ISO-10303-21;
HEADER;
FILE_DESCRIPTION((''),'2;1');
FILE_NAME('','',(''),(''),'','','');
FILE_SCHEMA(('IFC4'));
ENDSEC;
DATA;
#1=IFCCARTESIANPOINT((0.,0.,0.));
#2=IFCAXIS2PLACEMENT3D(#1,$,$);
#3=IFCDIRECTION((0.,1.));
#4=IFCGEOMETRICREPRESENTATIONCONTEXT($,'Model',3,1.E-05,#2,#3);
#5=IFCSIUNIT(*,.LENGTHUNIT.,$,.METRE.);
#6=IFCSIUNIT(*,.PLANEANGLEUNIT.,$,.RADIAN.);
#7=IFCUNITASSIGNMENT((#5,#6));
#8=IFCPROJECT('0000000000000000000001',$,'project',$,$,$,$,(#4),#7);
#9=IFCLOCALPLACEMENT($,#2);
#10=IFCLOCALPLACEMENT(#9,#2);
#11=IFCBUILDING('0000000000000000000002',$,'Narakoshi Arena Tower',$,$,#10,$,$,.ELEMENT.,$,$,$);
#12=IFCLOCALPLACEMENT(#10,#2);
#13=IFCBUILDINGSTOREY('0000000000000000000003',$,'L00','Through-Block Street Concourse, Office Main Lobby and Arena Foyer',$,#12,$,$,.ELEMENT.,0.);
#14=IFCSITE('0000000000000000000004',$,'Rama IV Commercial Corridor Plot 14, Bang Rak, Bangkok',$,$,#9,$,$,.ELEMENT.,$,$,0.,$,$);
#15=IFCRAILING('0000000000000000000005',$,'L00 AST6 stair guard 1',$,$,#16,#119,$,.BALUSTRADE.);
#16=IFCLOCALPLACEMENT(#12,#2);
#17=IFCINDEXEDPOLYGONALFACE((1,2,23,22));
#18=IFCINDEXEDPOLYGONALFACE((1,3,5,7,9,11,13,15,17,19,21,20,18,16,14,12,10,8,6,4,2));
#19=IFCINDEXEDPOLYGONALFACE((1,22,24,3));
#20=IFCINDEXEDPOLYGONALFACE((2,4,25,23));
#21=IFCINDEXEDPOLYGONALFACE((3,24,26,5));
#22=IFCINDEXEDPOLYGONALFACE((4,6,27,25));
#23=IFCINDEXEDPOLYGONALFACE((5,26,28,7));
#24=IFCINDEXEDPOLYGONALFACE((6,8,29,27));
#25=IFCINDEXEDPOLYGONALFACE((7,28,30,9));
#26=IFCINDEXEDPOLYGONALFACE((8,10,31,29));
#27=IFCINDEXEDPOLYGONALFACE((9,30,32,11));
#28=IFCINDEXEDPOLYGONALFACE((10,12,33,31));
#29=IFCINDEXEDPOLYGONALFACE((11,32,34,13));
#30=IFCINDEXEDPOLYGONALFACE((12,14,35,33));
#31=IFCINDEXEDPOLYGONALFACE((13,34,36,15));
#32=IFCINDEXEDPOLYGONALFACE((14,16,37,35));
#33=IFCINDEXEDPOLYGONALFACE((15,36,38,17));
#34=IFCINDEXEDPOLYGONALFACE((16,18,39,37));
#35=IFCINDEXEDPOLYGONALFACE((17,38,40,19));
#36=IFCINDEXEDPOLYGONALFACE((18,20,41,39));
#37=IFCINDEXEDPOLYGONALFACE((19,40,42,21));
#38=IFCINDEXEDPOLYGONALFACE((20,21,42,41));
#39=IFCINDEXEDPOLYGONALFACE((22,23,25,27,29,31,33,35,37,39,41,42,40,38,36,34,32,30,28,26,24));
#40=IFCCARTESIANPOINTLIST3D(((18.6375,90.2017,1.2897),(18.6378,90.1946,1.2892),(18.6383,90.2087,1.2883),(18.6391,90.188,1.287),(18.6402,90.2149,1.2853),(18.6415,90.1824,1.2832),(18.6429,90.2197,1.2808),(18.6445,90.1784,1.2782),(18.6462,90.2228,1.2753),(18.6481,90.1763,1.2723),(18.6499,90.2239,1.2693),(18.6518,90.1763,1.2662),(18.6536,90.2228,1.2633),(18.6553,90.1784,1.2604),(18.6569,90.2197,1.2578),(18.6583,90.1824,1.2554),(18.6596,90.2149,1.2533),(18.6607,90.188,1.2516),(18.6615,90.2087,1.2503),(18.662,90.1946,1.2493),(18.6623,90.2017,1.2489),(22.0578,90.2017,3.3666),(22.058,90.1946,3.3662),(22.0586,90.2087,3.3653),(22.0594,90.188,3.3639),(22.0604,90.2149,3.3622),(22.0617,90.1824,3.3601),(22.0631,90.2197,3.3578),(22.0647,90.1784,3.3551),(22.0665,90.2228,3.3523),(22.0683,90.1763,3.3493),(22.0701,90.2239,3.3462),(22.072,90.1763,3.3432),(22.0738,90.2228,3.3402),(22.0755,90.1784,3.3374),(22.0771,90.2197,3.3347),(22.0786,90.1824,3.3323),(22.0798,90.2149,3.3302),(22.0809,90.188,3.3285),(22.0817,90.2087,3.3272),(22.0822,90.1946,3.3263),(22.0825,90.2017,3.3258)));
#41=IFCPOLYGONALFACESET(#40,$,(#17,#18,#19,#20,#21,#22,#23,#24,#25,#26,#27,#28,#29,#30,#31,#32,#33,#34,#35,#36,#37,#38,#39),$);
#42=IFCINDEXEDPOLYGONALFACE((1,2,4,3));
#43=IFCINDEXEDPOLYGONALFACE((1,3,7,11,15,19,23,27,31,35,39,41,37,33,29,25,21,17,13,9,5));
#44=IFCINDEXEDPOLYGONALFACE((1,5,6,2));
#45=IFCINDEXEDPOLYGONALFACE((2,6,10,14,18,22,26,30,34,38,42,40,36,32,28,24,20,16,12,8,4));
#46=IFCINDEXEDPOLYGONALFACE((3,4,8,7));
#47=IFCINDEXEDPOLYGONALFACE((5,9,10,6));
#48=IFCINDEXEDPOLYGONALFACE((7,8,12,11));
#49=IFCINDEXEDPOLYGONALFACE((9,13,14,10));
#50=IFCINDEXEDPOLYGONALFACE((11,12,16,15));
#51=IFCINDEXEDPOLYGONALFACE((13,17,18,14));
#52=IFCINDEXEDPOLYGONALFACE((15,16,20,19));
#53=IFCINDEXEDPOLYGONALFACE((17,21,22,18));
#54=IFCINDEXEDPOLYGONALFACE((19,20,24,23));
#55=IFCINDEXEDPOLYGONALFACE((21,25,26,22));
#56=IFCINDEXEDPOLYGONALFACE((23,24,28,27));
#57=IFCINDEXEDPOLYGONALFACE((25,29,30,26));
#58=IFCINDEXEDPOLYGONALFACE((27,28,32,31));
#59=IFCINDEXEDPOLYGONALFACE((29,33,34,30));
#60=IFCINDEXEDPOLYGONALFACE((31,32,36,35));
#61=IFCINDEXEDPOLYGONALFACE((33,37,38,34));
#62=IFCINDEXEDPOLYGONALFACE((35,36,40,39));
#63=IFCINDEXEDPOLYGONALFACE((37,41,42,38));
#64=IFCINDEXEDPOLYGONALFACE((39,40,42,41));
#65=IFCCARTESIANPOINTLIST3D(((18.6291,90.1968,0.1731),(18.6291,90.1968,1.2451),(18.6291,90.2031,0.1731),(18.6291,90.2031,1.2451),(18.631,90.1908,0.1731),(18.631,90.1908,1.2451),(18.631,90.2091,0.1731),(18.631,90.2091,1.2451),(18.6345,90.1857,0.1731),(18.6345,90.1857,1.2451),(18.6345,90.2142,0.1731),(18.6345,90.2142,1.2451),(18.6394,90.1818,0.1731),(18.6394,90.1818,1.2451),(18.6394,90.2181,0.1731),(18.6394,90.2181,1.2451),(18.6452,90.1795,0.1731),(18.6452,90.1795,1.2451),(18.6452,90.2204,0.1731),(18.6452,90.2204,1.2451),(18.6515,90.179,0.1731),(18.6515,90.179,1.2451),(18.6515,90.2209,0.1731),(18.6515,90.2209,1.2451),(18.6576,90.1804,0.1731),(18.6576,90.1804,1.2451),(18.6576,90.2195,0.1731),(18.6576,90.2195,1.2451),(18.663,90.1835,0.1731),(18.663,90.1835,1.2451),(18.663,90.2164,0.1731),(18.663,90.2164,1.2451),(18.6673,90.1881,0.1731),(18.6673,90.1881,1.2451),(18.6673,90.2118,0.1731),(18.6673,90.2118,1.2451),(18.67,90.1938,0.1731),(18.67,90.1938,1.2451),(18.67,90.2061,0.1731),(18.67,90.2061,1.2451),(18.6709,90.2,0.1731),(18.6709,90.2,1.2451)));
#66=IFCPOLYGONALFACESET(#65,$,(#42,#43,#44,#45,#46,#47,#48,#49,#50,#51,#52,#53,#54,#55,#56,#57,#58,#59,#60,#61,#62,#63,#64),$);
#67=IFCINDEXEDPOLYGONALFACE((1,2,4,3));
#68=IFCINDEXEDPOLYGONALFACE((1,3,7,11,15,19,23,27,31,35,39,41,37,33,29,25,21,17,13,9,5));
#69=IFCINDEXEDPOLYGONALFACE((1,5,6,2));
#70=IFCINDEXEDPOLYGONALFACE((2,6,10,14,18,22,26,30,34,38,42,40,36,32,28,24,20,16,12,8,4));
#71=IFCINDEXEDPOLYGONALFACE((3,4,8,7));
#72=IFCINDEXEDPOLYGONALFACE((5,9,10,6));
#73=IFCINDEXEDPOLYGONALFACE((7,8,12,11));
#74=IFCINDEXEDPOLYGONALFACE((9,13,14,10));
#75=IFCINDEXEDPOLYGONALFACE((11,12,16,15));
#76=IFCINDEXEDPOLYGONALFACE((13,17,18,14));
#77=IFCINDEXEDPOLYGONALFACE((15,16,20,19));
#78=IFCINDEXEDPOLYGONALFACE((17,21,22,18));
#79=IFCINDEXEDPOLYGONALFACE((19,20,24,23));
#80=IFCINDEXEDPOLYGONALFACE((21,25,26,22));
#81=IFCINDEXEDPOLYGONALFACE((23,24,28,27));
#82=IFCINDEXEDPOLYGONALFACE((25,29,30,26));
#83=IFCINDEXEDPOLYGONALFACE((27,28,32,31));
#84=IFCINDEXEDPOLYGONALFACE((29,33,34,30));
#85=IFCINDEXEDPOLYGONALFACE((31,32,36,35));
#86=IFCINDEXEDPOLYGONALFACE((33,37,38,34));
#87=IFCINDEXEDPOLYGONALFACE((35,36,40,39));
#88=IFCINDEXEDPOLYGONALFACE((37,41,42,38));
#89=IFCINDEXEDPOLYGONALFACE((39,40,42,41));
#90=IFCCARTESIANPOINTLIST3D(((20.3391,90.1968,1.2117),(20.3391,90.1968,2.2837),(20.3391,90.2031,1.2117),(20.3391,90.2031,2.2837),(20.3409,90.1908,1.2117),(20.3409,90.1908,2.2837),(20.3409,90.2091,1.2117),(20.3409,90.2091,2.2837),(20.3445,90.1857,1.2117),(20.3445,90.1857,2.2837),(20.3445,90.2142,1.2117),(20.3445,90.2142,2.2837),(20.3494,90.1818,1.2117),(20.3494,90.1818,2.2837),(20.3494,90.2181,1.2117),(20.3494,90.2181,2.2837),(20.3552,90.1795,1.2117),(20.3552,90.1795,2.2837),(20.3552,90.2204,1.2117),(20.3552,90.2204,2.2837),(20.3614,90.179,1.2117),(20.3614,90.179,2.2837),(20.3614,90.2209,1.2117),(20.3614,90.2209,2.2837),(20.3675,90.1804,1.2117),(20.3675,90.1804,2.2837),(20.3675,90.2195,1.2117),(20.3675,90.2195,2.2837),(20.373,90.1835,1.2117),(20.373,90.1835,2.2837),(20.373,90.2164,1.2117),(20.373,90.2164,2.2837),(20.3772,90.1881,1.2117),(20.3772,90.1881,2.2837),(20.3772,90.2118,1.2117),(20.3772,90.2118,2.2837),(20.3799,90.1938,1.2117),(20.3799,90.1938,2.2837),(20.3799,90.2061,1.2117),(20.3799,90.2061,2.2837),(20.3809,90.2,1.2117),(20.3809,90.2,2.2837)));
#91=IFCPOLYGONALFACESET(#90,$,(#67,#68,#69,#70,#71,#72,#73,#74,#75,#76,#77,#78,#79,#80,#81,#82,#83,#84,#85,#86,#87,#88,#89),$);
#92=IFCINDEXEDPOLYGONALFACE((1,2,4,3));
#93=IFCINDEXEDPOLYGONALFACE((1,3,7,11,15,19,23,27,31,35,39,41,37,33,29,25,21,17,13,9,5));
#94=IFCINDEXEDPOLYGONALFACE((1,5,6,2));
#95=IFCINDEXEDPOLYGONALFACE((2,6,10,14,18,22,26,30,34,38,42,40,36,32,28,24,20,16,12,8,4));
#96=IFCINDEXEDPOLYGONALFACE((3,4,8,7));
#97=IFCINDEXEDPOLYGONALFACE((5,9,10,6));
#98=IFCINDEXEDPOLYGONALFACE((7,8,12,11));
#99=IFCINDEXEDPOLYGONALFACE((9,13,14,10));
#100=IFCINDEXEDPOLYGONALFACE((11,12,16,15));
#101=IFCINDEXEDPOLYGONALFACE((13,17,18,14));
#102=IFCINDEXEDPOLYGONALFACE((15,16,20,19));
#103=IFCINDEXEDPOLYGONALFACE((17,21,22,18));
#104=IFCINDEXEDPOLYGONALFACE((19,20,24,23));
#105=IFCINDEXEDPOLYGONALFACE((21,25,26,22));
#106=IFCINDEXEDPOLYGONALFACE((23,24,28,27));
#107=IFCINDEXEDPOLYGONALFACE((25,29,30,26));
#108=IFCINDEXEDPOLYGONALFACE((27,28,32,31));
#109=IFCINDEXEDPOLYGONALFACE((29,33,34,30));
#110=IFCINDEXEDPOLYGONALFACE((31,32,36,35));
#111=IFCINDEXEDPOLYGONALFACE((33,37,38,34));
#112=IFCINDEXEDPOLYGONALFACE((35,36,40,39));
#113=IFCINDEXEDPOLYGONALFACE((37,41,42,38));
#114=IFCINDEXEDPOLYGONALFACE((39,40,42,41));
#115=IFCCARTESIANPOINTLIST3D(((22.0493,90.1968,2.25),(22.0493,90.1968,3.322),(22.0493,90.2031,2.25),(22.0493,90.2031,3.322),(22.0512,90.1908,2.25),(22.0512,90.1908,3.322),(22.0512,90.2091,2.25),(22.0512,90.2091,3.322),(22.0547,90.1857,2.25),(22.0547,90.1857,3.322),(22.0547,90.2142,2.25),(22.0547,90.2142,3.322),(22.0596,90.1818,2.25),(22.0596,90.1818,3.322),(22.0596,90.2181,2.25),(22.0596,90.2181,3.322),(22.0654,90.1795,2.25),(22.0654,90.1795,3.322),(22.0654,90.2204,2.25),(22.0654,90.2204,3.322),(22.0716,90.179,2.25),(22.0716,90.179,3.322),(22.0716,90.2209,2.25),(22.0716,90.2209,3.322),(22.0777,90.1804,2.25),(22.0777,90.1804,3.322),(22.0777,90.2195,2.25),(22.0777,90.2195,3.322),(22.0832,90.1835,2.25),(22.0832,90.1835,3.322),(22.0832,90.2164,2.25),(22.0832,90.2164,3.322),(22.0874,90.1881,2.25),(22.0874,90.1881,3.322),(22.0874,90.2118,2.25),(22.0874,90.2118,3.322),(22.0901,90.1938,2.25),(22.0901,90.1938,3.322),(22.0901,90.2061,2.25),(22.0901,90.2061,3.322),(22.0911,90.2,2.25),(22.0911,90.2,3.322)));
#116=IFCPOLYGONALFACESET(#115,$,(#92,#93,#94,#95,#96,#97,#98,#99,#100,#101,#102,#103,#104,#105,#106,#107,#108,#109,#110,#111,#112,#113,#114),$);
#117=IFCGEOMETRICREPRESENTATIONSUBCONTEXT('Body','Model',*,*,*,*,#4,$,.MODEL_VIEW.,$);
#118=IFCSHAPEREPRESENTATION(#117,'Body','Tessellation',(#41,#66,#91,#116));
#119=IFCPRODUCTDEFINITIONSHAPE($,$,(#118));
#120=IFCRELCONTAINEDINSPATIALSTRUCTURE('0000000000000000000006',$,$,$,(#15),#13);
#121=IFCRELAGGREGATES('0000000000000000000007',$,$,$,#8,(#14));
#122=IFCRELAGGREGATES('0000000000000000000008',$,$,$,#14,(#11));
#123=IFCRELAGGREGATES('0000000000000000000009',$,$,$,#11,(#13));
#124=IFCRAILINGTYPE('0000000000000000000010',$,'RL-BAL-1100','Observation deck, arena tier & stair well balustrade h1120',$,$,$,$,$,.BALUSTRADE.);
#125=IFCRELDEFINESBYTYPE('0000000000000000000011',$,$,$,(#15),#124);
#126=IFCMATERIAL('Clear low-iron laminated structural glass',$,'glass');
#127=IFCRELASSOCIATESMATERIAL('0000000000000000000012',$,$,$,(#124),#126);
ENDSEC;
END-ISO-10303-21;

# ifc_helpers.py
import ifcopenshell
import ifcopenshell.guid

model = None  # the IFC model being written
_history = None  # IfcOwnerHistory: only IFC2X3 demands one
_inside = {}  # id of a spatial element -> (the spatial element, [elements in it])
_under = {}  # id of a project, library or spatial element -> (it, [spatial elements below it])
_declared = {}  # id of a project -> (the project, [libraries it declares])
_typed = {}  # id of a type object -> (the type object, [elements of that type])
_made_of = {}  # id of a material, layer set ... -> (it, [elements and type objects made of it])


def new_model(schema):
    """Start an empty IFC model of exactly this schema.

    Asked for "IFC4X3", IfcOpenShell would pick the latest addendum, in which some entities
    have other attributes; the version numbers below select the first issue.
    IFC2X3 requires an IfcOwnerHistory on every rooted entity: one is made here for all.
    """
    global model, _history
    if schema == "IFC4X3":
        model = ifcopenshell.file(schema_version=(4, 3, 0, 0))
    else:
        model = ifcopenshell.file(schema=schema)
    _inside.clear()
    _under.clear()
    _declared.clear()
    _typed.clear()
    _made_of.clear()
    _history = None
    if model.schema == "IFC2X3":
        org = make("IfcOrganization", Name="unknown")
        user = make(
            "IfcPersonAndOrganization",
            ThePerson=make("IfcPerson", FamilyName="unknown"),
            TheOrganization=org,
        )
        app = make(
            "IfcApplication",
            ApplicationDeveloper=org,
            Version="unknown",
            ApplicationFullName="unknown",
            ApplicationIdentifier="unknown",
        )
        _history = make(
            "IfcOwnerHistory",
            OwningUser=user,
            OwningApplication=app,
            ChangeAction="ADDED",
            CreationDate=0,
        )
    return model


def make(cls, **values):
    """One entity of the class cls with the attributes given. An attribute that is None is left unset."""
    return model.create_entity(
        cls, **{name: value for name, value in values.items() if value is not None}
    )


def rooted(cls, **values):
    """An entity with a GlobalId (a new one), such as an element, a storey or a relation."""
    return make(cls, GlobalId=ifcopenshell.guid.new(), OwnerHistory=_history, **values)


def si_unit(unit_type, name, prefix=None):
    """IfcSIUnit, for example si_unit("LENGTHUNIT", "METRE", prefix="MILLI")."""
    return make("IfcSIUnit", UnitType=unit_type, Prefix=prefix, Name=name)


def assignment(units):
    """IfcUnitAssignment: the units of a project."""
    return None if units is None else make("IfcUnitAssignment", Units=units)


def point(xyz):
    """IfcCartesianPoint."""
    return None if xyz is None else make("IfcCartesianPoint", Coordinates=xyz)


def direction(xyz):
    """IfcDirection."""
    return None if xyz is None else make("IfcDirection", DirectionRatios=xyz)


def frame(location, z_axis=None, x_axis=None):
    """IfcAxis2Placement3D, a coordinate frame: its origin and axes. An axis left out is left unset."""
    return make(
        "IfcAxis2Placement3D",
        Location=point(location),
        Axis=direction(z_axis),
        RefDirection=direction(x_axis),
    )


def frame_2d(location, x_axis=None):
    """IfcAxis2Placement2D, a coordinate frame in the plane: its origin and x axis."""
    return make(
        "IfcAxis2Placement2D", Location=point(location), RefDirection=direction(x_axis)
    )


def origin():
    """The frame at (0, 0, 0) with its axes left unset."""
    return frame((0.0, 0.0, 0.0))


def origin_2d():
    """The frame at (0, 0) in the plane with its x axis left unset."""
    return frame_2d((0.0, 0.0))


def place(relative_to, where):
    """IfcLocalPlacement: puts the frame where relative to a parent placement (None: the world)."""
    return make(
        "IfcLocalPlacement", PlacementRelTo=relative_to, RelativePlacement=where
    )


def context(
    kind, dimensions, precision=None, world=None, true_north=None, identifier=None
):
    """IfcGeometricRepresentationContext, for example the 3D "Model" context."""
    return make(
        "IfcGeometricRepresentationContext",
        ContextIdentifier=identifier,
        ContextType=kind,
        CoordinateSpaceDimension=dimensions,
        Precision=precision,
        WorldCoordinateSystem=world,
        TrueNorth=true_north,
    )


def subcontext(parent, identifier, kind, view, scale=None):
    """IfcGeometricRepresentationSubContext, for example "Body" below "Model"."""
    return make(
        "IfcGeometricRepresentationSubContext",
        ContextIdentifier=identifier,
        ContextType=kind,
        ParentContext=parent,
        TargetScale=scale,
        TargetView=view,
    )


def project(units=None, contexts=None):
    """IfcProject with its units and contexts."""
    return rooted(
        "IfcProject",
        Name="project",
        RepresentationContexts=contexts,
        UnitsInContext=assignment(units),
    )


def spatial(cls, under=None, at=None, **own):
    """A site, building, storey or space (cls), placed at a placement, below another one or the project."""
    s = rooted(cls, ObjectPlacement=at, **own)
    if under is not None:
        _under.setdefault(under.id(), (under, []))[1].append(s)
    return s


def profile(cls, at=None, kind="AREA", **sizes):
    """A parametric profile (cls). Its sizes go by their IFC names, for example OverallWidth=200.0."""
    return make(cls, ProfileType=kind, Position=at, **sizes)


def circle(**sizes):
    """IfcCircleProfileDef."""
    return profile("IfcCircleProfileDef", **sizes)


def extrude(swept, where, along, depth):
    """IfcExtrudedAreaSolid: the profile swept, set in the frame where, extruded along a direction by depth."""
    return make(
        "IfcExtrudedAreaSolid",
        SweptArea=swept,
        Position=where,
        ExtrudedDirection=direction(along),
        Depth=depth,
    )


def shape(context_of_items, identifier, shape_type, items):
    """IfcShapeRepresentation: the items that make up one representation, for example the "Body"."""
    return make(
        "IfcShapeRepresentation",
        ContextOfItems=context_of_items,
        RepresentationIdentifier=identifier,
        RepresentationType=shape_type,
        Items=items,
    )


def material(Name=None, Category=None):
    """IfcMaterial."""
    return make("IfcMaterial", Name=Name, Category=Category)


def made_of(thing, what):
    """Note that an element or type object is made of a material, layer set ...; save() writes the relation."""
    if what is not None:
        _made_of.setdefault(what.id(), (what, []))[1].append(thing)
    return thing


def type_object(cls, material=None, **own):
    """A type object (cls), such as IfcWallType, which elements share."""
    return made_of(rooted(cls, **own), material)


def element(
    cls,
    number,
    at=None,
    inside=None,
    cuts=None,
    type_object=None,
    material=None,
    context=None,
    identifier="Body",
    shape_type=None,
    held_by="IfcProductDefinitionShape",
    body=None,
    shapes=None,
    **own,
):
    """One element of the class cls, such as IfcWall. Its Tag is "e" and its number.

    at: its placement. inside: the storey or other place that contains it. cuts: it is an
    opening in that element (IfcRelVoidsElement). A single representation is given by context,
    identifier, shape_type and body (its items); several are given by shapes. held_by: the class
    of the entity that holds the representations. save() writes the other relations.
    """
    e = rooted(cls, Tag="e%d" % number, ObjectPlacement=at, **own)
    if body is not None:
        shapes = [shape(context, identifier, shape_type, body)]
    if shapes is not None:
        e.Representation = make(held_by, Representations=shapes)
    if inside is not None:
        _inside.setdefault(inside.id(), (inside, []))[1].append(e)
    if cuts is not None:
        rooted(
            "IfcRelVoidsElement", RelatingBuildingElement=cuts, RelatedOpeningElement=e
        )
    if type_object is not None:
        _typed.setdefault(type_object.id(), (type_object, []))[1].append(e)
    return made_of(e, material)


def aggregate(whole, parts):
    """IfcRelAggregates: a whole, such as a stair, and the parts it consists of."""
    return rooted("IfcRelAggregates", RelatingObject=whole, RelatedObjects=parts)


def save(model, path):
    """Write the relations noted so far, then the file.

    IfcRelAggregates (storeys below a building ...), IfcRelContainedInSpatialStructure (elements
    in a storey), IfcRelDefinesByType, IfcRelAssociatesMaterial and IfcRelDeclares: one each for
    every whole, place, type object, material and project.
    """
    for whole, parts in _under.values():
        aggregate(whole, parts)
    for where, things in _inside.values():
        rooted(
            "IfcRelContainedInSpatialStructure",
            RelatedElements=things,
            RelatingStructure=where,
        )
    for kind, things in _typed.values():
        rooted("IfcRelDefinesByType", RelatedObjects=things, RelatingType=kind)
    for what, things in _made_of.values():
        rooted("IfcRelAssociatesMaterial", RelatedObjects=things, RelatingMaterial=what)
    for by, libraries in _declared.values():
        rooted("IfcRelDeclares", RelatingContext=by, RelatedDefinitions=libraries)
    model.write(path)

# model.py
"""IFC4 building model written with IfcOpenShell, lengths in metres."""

from ifc_helpers import new_model, si_unit, direction, frame, origin, origin_2d, place, context, subcontext, project, spatial, circle, extrude, material, type_object, element, save


model = new_model("IFC4")

# Units and contexts
model_context = context("Model", 3, precision=1e-05, world=origin(), true_north=direction((0.0, 1.0)))
body_context = subcontext(model_context, "Body", "Model", "MODEL_VIEW")
ifc_project = project(units=[si_unit("LENGTHUNIT", "METRE"), si_unit("PLANEANGLEUNIT", "RADIAN")], contexts=[model_context])

# Site, building, storey
site_placement = place(None, origin())
site = spatial("IfcSite", under=ifc_project, at=site_placement, Name="Rama IV Commercial Corridor Plot 14, Bang Rak, Bangkok", CompositionType="ELEMENT", RefElevation=0.0)
building_placement = place(site_placement, origin())
building = spatial("IfcBuilding", under=site, at=building_placement, Name="Narakoshi Arena Tower", CompositionType="ELEMENT")
storey_placement = place(building_placement, origin())
storey = spatial("IfcBuildingStorey", under=building, at=storey_placement, Name="L00", Description="Through-Block Street Concourse, Office Main Lobby and Arena Foyer", CompositionType="ELEMENT", Elevation=0.0)

# Railing
ifc_material_1 = material(Name="Clear low-iron laminated structural glass", Category="glass")
railing_type_1 = type_object("IfcRailingType", Name="RL-BAL-1100", Description="Observation deck, arena tier & stair well balustrade h1120", PredefinedType="BALUSTRADE", material=ifc_material_1)
railing_1_placement = place(storey_placement, frame((18.6499, 90.2, 0.1731)))
element("IfcRailing", 1, at=railing_1_placement, inside=storey, type_object=railing_type_1, Name="L00 AST6 stair guard 1", PredefinedType="BALUSTRADE", context=body_context, shape_type="SweptSolid", body=[
    extrude(circle(Radius=0.0239, at=origin_2d()), frame((0.0, 0.0, 1.0962), z_axis=(0.854746, 0.0, 0.519047), x_axis=(0.0, 1.0, 0.0)), (0.0, 0.0, 1.0), 4.0015),
    extrude(circle(Radius=0.021, at=origin_2d()), origin(), (0.0, 0.0, 1.0), 1.072),
    extrude(circle(Radius=0.021, at=origin_2d()), frame((1.71, 0.0, 1.0386)), (0.0, 0.0, 1.0), 1.072),
    extrude(circle(Radius=0.021, at=origin_2d()), frame((3.4202, 0.0, 2.0769)), (0.0, 0.0, 1.0), 1.072),
])

save(model, "model.ifc")
